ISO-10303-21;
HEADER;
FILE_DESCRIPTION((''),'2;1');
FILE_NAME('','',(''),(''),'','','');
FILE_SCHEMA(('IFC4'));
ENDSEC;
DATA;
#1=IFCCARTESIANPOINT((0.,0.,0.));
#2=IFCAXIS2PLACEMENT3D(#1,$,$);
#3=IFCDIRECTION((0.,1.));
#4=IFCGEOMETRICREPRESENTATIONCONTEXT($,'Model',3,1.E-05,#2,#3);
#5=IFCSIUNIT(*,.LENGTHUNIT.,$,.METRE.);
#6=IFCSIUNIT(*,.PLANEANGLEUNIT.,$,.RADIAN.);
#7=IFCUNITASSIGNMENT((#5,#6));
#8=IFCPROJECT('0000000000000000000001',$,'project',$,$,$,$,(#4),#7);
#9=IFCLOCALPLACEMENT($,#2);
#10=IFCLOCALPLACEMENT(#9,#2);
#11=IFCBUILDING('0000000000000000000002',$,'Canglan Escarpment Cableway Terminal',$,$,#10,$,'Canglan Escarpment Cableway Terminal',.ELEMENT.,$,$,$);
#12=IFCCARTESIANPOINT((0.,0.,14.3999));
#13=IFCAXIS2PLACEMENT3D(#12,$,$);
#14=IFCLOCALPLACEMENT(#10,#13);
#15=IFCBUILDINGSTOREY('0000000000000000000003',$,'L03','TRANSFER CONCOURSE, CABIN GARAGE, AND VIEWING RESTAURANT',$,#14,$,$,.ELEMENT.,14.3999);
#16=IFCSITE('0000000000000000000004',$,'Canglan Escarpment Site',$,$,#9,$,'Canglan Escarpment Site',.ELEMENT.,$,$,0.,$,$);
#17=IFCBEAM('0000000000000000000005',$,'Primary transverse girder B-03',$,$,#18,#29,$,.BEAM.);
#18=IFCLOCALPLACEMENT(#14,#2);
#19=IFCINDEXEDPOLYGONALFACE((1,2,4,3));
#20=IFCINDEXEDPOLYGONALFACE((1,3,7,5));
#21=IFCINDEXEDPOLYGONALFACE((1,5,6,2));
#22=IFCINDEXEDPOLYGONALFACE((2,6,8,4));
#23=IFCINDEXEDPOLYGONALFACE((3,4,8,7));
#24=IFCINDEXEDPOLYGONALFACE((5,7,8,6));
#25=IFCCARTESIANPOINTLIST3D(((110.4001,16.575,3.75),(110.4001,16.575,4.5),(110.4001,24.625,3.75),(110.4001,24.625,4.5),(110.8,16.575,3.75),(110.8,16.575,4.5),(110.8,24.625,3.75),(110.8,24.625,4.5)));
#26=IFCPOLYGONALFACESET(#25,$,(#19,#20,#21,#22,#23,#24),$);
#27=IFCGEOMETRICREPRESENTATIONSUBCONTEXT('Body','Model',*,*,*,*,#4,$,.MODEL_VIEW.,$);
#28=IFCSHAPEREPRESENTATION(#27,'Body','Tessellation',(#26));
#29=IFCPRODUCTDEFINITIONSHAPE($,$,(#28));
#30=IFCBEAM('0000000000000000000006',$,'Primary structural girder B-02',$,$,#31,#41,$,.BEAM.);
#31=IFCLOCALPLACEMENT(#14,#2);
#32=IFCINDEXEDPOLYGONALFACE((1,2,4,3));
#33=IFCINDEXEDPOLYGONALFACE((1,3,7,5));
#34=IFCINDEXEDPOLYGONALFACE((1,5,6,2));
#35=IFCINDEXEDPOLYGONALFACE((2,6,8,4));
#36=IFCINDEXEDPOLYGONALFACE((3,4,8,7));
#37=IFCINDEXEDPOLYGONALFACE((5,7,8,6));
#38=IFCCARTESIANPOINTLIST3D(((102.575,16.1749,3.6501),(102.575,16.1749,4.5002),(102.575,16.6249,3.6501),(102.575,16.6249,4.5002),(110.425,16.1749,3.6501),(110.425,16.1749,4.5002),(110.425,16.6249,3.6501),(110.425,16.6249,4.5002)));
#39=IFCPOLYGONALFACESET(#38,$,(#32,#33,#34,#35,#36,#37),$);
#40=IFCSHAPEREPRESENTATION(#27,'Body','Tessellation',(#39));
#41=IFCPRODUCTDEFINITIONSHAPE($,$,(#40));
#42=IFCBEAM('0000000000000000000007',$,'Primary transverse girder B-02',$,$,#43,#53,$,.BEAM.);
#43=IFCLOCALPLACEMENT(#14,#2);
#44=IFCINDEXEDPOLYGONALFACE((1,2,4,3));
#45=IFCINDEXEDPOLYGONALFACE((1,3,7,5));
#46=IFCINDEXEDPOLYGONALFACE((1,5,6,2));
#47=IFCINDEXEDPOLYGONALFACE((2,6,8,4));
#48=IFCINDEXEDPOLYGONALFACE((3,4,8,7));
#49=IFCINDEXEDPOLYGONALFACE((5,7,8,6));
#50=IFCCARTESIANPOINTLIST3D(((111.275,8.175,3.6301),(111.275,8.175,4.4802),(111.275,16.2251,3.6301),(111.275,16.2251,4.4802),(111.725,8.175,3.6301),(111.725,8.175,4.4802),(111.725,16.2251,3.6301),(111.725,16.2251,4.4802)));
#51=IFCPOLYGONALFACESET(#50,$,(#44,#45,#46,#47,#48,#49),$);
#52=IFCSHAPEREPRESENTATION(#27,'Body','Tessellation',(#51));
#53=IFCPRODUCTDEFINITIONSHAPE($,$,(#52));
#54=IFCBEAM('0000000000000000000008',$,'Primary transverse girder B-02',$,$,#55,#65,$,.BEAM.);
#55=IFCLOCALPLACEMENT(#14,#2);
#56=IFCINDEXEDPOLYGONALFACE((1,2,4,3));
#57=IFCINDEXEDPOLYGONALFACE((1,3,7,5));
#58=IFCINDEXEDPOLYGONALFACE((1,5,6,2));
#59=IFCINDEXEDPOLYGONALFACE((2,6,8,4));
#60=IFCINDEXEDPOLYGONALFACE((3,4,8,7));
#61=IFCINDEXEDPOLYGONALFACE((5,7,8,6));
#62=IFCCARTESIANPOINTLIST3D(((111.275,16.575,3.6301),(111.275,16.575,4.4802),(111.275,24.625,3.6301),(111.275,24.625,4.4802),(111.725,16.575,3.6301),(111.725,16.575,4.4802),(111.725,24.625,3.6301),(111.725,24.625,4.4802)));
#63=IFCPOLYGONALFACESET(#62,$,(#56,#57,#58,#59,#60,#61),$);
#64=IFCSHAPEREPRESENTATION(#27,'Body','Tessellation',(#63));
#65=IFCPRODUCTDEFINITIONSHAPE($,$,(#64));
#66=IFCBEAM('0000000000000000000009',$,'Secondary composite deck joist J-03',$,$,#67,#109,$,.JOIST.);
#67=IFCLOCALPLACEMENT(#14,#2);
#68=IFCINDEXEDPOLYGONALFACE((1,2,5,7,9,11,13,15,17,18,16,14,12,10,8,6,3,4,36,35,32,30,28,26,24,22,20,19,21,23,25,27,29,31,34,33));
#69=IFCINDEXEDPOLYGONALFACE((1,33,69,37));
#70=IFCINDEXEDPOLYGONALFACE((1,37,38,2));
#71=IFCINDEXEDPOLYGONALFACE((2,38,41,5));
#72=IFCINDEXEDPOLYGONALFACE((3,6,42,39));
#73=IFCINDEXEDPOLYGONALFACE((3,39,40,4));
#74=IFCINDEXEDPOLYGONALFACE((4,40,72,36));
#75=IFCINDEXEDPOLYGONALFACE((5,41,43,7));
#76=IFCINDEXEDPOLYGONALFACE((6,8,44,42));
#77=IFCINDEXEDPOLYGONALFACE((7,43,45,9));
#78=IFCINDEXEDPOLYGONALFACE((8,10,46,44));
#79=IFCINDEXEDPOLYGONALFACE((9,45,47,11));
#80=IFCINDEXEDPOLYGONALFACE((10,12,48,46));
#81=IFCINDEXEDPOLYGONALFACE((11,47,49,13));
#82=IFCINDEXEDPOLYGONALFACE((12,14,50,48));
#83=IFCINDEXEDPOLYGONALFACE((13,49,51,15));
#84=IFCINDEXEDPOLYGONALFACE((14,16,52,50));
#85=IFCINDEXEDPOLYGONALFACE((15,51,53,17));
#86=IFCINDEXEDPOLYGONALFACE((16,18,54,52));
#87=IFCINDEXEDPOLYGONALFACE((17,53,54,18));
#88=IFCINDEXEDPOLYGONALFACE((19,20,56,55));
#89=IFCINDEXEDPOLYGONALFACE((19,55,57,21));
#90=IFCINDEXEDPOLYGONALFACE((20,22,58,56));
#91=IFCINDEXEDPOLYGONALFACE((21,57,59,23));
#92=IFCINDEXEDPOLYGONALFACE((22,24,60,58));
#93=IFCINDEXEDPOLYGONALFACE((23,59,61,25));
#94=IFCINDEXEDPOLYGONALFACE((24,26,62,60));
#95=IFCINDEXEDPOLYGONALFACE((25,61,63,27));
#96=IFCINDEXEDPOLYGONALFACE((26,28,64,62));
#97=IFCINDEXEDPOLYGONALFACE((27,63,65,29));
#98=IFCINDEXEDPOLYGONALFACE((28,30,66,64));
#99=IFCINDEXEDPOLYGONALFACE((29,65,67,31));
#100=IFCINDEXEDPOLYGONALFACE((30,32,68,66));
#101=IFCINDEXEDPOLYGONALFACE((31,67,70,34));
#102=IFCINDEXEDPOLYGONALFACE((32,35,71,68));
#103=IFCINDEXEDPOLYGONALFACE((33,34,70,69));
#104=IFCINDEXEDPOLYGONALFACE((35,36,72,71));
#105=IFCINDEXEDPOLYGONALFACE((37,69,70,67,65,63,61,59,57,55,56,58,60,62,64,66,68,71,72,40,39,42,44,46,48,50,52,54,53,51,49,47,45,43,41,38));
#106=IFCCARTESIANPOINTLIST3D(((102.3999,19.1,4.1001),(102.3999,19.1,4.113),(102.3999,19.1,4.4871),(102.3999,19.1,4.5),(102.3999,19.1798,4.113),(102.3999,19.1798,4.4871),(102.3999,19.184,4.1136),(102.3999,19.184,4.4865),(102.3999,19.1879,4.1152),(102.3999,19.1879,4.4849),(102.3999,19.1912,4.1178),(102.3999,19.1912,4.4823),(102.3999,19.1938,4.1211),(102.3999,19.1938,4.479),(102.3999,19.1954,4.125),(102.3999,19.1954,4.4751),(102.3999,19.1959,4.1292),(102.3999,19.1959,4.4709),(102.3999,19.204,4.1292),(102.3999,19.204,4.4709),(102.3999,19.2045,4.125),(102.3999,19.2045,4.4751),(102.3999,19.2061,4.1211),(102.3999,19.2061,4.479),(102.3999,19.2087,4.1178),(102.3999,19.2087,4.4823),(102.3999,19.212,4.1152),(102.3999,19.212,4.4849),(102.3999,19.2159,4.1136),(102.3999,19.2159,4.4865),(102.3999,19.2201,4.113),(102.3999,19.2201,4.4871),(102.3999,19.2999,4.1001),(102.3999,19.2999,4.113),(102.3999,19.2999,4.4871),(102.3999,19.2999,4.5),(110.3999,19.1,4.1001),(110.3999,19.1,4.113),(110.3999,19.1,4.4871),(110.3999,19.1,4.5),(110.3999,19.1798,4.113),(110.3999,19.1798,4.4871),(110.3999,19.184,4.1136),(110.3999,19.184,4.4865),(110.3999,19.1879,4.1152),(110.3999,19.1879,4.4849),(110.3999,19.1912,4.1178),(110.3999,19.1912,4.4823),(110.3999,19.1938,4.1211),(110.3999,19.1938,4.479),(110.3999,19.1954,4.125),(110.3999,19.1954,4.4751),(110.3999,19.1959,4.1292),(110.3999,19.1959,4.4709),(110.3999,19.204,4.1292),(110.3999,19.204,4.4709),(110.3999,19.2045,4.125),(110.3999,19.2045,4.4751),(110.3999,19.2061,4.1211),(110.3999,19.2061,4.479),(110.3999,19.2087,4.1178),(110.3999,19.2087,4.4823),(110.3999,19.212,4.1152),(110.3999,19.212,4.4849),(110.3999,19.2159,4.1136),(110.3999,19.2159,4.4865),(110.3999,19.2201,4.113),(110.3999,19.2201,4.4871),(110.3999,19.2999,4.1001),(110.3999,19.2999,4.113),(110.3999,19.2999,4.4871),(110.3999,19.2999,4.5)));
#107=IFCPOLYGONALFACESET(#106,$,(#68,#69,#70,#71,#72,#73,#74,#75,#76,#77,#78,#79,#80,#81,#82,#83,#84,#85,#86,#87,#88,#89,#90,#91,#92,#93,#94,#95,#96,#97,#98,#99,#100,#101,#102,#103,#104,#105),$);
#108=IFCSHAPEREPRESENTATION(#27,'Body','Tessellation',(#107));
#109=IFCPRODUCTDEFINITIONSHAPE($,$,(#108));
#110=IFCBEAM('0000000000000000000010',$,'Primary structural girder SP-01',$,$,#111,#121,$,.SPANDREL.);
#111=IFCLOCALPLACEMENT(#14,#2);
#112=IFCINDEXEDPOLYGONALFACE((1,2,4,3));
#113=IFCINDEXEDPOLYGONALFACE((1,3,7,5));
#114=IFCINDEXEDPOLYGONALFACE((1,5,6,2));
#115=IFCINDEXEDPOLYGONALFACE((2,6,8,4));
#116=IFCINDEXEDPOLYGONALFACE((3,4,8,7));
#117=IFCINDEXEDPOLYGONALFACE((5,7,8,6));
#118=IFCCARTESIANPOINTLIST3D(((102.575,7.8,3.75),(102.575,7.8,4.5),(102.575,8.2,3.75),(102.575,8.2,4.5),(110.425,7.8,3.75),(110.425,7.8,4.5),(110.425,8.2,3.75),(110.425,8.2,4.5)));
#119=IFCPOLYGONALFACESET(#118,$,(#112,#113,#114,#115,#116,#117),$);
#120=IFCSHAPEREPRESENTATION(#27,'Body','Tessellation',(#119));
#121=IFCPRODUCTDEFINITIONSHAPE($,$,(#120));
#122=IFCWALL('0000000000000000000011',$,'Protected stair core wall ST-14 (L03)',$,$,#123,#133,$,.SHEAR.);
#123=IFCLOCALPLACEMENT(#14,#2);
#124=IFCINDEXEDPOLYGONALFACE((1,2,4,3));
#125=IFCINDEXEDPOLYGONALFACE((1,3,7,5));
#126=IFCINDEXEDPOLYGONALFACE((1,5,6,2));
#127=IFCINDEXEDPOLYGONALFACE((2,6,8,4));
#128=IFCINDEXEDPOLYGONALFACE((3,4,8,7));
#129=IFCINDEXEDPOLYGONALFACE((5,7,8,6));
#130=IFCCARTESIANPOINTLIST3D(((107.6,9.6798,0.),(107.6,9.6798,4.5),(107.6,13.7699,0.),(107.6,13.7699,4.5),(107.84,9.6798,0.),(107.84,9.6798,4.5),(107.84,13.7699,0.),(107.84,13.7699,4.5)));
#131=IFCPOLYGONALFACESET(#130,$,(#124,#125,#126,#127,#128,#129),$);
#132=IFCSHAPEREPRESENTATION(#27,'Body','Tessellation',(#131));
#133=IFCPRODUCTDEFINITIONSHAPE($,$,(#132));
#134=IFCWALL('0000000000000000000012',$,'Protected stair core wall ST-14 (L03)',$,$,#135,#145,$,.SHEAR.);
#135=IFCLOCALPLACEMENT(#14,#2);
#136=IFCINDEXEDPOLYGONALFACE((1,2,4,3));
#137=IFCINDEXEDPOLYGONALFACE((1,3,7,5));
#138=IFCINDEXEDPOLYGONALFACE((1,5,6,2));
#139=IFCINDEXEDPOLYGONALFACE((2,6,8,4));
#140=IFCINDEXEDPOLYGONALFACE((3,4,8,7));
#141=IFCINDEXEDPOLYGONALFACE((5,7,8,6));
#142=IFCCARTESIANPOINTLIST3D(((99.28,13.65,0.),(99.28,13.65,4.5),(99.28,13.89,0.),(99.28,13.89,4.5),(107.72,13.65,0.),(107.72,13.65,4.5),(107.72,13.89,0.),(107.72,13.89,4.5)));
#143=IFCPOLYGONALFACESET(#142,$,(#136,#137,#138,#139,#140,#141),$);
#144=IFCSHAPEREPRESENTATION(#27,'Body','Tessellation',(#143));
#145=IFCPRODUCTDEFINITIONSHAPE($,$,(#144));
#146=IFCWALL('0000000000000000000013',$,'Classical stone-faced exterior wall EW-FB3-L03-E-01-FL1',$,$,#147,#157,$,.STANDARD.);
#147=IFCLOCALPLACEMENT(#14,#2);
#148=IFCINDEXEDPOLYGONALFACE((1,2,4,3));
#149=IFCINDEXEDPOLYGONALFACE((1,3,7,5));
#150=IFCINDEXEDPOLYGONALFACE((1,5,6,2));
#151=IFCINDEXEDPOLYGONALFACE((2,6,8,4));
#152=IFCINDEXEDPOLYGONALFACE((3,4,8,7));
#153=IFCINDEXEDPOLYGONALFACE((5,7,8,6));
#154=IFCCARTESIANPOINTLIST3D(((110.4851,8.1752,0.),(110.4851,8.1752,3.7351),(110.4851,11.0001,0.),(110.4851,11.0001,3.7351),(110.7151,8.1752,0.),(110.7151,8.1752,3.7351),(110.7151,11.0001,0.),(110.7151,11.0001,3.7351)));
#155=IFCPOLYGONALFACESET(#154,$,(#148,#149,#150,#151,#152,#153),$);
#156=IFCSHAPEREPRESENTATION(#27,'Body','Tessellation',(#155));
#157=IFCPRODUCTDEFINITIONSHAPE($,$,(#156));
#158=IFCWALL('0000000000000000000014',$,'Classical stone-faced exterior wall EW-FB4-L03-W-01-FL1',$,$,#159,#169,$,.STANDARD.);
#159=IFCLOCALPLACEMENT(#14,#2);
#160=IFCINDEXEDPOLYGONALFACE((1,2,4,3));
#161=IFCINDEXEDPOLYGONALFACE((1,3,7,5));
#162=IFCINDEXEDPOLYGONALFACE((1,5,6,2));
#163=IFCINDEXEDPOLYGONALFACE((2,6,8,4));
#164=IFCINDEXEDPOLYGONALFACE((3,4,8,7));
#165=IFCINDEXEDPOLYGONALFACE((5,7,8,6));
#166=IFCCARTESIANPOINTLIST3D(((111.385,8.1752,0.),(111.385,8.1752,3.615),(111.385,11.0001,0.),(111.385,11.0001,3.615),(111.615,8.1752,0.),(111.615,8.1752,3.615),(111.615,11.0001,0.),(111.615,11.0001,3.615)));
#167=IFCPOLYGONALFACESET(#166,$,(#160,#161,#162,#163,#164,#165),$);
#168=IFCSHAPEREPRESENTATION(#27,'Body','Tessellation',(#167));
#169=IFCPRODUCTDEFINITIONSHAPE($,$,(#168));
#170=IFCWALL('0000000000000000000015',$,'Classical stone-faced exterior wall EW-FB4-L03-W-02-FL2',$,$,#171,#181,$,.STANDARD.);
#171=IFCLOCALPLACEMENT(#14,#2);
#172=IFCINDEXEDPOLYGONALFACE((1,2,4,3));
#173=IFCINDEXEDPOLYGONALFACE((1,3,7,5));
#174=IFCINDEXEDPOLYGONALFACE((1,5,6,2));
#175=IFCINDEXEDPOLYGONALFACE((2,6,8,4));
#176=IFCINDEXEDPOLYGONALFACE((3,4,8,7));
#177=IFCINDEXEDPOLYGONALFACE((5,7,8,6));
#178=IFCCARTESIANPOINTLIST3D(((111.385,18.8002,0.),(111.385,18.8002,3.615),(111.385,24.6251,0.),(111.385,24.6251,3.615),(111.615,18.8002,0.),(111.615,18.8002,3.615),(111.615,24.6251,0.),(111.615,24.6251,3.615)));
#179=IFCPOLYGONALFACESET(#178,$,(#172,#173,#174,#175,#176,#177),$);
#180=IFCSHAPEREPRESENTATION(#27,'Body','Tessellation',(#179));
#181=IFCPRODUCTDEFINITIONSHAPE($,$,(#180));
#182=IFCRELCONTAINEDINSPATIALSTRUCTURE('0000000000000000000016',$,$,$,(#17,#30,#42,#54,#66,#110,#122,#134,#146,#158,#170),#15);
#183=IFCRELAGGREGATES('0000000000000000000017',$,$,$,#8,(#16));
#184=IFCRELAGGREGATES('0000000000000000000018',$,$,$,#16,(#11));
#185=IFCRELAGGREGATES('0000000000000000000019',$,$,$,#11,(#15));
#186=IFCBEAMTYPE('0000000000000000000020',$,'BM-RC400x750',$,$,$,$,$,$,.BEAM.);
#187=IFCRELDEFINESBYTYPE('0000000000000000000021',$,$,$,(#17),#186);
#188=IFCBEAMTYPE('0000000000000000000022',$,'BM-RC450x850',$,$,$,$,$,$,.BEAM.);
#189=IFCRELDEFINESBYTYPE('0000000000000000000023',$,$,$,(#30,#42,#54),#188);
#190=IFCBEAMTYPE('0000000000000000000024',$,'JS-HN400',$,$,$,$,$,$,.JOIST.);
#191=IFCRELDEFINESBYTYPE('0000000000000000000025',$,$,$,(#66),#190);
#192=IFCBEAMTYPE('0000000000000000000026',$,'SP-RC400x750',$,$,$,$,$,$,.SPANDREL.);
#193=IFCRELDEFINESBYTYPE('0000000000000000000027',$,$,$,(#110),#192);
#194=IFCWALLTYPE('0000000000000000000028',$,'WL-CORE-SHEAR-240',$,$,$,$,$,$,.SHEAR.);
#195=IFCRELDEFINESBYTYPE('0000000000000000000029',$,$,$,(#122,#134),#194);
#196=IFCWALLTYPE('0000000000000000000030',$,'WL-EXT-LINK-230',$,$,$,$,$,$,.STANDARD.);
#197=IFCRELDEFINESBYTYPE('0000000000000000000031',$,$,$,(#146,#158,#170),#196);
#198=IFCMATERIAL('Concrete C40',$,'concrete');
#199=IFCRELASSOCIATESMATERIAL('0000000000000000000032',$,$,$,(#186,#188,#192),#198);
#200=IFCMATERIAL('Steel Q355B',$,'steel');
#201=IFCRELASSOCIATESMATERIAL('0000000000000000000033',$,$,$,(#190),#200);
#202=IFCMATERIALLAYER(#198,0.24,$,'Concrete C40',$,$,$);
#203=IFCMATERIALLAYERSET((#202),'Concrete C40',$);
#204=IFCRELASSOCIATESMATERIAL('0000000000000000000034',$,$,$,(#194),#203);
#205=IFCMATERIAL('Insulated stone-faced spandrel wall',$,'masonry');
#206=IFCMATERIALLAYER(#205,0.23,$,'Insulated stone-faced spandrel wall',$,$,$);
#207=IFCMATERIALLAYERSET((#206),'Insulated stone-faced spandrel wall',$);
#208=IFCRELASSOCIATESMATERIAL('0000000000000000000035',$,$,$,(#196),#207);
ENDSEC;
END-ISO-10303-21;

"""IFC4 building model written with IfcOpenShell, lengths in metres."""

from ifc_helpers import new_model, si_unit, direction, frame, frame_2d, origin, origin_2d, place, context, subcontext, project, spatial, rectangle, i_section, extrude, material, layer, layer_set, material_profile, profile_set, type_object, element, save


model = new_model("IFC4")

# Units and contexts
model_context = context("Model", 3, precision=1e-05, world=origin(), true_north=direction((0.0, 1.0)))
body_context = subcontext(model_context, "Body", "Model", "MODEL_VIEW")
ifc_project = project(units=[si_unit("LENGTHUNIT", "METRE"), si_unit("PLANEANGLEUNIT", "RADIAN")], contexts=[model_context])

# Site, building, storey
site_placement = place(None, origin())
site = spatial("IfcSite", under=ifc_project, at=site_placement, Name="Canglan Escarpment Site", LongName="Canglan Escarpment Site", CompositionType="ELEMENT", RefElevation=0.0)
building_placement = place(site_placement, origin())
building = spatial("IfcBuilding", under=site, at=building_placement, Name="Canglan Escarpment Cableway Terminal", LongName="Canglan Escarpment Cableway Terminal", CompositionType="ELEMENT")
storey_placement = place(building_placement, frame((0.0, 0.0, 14.3999)))
storey = spatial("IfcBuildingStorey", under=building, at=storey_placement, Name="L03", Description="TRANSFER CONCOURSE, CABIN GARAGE, AND VIEWING RESTAURANT", CompositionType="ELEMENT", Elevation=14.3999)

# Beams
ifc_material_1 = material(Name="Concrete C40", Category="concrete")
ifc_material_profile_1 = material_profile(ifc_material_1, rectangle(XDim=0.3999, YDim=0.75, at=origin_2d()), Name="RC 400x750")
ifc_profile_set_1 = profile_set([ifc_material_profile_1], Name="Concrete C40")
beam_type_1 = type_object("IfcBeamType", Name="BM-RC400x750", PredefinedType="BEAM", material=ifc_profile_set_1)
for number, where, z_axis, x_axis, name in (
    (1, (110.6001, 16.575, 4.125), (0.0, 1.0, 0.0), (-1.0, 0.0, 0.0), "Primary transverse girder B-03"),
):
    element("IfcBeam", number, at=place(storey_placement, frame(where, z_axis=z_axis, x_axis=x_axis)), inside=storey, type_object=beam_type_1, Name=name, PredefinedType="BEAM", context=body_context, shape_type="SweptSolid", body=[
        extrude(rectangle(XDim=0.3999, YDim=0.75, at=origin_2d()), origin(), (0.0, 0.0, 1.0), 8.05),
    ])
ifc_material_profile_2 = material_profile(ifc_material_1, rectangle(XDim=0.45, YDim=0.8501, at=origin_2d()), Name="RC 450x850")
ifc_profile_set_2 = profile_set([ifc_material_profile_2], Name="Concrete C40")
beam_type_2 = type_object("IfcBeamType", Name="BM-RC450x850", PredefinedType="BEAM", material=ifc_profile_set_2)
beam_1_placement = place(storey_placement, frame((102.575, 16.3999, 4.0752), z_axis=(1.0, 0.0, 0.0), x_axis=(0.0, 1.0, 0.0)))
element("IfcBeam", 2, at=beam_1_placement, inside=storey, type_object=beam_type_2, Name="Primary structural girder B-02", PredefinedType="BEAM", context=body_context, shape_type="SweptSolid", body=[
    extrude(rectangle(XDim=0.45, YDim=0.8501, at=origin_2d()), origin(), (0.0, 0.0, 1.0), 7.8501),
])
for number, where, z_axis, x_axis, name in (
    (3, (111.5, 8.175, 4.0552), (0.0, 1.0, 0.0), (-1.0, 0.0, 0.0), "Primary transverse girder B-02"),
    (4, (111.5, 16.575, 4.0552), (0.0, 1.0, 0.0), (-1.0, 0.0, 0.0), "Primary transverse girder B-02"),
):
    element("IfcBeam", number, at=place(storey_placement, frame(where, z_axis=z_axis, x_axis=x_axis)), inside=storey, type_object=beam_type_2, Name=name, PredefinedType="BEAM", context=body_context, shape_type="SweptSolid", body=[
        extrude(rectangle(XDim=0.45, YDim=0.8501, at=origin_2d()), origin(), (0.0, 0.0, 1.0), 8.05),
    ])
ifc_material_2 = material(Name="Steel Q355B", Category="steel")
ifc_material_profile_3 = material_profile(ifc_material_2, i_section(OverallWidth=0.2, OverallDepth=0.3999, WebThickness=0.0081, FlangeThickness=0.0129, FilletRadius=0.0161, at=origin_2d()), Name="HN 400x200x8x13")
ifc_profile_set_3 = profile_set([ifc_material_profile_3], Name="Steel Q355B")
beam_type_3 = type_object("IfcBeamType", Name="JS-HN400", PredefinedType="JOIST", material=ifc_profile_set_3)
beam_2_placement = place(storey_placement, frame((102.3999, 19.2, 4.3), z_axis=(1.0, 0.0, 0.0), x_axis=(0.0, 1.0, 0.0)))
element("IfcBeam", 5, at=beam_2_placement, inside=storey, type_object=beam_type_3, Name="Secondary composite deck joist J-03", PredefinedType="JOIST", context=body_context, shape_type="SweptSolid", body=[
    extrude(i_section(OverallWidth=0.2, OverallDepth=0.3999, WebThickness=0.0081, FlangeThickness=0.0129, FilletRadius=0.0161, at=origin_2d()), origin(), (0.0, 0.0, 1.0), 8.0),
])
ifc_material_profile_4 = material_profile(ifc_material_1, rectangle(XDim=0.3999, YDim=0.75, at=origin_2d()), Name="RC 400x750")
ifc_profile_set_4 = profile_set([ifc_material_profile_4], Name="Concrete C40")
beam_type_4 = type_object("IfcBeamType", Name="SP-RC400x750", PredefinedType="SPANDREL", material=ifc_profile_set_4)
beam_3_placement = place(storey_placement, frame((102.575, 8.0, 4.125), z_axis=(1.0, 0.0, 0.0), x_axis=(0.0, 1.0, 0.0)))
element("IfcBeam", 6, at=beam_3_placement, inside=storey, type_object=beam_type_4, Name="Primary structural girder SP-01", PredefinedType="SPANDREL", context=body_context, shape_type="SweptSolid", body=[
    extrude(rectangle(XDim=0.3999, YDim=0.75, at=origin_2d()), origin(), (0.0, 0.0, 1.0), 7.8501),
])

# Walls
ifc_layer_1 = layer(ifc_material_1, 0.24, Name="Concrete C40")
ifc_layer_set_1 = layer_set([ifc_layer_1], Name="Concrete C40")
wall_type_1 = type_object("IfcWallType", Name="WL-CORE-SHEAR-240", PredefinedType="SHEAR", material=ifc_layer_set_1)
wall_1_placement = place(storey_placement, frame((107.72, 9.6799, 0.0), z_axis=(0.0, 0.0, 1.0), x_axis=(0.0, 1.0, 0.0)))
element("IfcWall", 7, at=wall_1_placement, inside=storey, type_object=wall_type_1, Name="Protected stair core wall ST-14 (L03)", PredefinedType="SHEAR", context=body_context, shape_type="SweptSolid", body=[
    extrude(rectangle(XDim=4.0901, YDim=0.24, at=frame_2d((2.0449, 0.0))), origin(), (0.0, 0.0, 1.0), 4.5),
])
wall_2_placement = place(storey_placement, frame((107.72, 13.77, 0.0), z_axis=(0.0, 0.0, 1.0), x_axis=(-1.0, 0.0, 0.0)))
element("IfcWall", 8, at=wall_2_placement, inside=storey, type_object=wall_type_1, Name="Protected stair core wall ST-14 (L03)", PredefinedType="SHEAR", context=body_context, shape_type="SweptSolid", body=[
    extrude(rectangle(XDim=8.4399, YDim=0.24, at=frame_2d((4.22, 0.0))), origin(), (0.0, 0.0, 1.0), 4.5),
])
ifc_material_3 = material(Name="Insulated stone-faced spandrel wall", Category="masonry")
ifc_layer_2 = layer(ifc_material_3, 0.23, Name="Insulated stone-faced spandrel wall")
ifc_layer_set_2 = layer_set([ifc_layer_2], Name="Insulated stone-faced spandrel wall")
wall_type_2 = type_object("IfcWallType", Name="WL-EXT-LINK-230", PredefinedType="STANDARD", material=ifc_layer_set_2)
wall_3_placement = place(storey_placement, frame((110.6001, 8.175, 0.0), z_axis=(0.0, 0.0, 1.0), x_axis=(0.0, 1.0, 0.0)))
element("IfcWall", 9, at=wall_3_placement, inside=storey, type_object=wall_type_2, Name="Classical stone-faced exterior wall EW-FB3-L03-E-01-FL1", PredefinedType="STANDARD", context=body_context, shape_type="SweptSolid", body=[
    extrude(rectangle(XDim=2.825, YDim=0.23, at=frame_2d((1.4126, 0.0))), origin(), (0.0, 0.0, 1.0), 3.7351),
])
wall_4_placement = place(storey_placement, frame((111.5, 8.175, 0.0), z_axis=(0.0, 0.0, 1.0), x_axis=(0.0, 1.0, 0.0)))
element("IfcWall", 10, at=wall_4_placement, inside=storey, type_object=wall_type_2, Name="Classical stone-faced exterior wall EW-FB4-L03-W-01-FL1", PredefinedType="STANDARD", context=body_context, shape_type="SweptSolid", body=[
    extrude(rectangle(XDim=2.825, YDim=0.23, at=frame_2d((1.4126, 0.0))), origin(), (0.0, 0.0, 1.0), 3.615),
])
wall_5_placement = place(storey_placement, frame((111.5, 18.8, 0.0), z_axis=(0.0, 0.0, 1.0), x_axis=(0.0, 1.0, 0.0)))
element("IfcWall", 11, at=wall_5_placement, inside=storey, type_object=wall_type_2, Name="Classical stone-faced exterior wall EW-FB4-L03-W-02-FL2", PredefinedType="STANDARD", context=body_context, shape_type="SweptSolid", body=[
    extrude(rectangle(XDim=5.825, YDim=0.23, at=frame_2d((2.9126, 0.0))), origin(), (0.0, 0.0, 1.0), 3.615),
])

save(model, "model.ifc")
